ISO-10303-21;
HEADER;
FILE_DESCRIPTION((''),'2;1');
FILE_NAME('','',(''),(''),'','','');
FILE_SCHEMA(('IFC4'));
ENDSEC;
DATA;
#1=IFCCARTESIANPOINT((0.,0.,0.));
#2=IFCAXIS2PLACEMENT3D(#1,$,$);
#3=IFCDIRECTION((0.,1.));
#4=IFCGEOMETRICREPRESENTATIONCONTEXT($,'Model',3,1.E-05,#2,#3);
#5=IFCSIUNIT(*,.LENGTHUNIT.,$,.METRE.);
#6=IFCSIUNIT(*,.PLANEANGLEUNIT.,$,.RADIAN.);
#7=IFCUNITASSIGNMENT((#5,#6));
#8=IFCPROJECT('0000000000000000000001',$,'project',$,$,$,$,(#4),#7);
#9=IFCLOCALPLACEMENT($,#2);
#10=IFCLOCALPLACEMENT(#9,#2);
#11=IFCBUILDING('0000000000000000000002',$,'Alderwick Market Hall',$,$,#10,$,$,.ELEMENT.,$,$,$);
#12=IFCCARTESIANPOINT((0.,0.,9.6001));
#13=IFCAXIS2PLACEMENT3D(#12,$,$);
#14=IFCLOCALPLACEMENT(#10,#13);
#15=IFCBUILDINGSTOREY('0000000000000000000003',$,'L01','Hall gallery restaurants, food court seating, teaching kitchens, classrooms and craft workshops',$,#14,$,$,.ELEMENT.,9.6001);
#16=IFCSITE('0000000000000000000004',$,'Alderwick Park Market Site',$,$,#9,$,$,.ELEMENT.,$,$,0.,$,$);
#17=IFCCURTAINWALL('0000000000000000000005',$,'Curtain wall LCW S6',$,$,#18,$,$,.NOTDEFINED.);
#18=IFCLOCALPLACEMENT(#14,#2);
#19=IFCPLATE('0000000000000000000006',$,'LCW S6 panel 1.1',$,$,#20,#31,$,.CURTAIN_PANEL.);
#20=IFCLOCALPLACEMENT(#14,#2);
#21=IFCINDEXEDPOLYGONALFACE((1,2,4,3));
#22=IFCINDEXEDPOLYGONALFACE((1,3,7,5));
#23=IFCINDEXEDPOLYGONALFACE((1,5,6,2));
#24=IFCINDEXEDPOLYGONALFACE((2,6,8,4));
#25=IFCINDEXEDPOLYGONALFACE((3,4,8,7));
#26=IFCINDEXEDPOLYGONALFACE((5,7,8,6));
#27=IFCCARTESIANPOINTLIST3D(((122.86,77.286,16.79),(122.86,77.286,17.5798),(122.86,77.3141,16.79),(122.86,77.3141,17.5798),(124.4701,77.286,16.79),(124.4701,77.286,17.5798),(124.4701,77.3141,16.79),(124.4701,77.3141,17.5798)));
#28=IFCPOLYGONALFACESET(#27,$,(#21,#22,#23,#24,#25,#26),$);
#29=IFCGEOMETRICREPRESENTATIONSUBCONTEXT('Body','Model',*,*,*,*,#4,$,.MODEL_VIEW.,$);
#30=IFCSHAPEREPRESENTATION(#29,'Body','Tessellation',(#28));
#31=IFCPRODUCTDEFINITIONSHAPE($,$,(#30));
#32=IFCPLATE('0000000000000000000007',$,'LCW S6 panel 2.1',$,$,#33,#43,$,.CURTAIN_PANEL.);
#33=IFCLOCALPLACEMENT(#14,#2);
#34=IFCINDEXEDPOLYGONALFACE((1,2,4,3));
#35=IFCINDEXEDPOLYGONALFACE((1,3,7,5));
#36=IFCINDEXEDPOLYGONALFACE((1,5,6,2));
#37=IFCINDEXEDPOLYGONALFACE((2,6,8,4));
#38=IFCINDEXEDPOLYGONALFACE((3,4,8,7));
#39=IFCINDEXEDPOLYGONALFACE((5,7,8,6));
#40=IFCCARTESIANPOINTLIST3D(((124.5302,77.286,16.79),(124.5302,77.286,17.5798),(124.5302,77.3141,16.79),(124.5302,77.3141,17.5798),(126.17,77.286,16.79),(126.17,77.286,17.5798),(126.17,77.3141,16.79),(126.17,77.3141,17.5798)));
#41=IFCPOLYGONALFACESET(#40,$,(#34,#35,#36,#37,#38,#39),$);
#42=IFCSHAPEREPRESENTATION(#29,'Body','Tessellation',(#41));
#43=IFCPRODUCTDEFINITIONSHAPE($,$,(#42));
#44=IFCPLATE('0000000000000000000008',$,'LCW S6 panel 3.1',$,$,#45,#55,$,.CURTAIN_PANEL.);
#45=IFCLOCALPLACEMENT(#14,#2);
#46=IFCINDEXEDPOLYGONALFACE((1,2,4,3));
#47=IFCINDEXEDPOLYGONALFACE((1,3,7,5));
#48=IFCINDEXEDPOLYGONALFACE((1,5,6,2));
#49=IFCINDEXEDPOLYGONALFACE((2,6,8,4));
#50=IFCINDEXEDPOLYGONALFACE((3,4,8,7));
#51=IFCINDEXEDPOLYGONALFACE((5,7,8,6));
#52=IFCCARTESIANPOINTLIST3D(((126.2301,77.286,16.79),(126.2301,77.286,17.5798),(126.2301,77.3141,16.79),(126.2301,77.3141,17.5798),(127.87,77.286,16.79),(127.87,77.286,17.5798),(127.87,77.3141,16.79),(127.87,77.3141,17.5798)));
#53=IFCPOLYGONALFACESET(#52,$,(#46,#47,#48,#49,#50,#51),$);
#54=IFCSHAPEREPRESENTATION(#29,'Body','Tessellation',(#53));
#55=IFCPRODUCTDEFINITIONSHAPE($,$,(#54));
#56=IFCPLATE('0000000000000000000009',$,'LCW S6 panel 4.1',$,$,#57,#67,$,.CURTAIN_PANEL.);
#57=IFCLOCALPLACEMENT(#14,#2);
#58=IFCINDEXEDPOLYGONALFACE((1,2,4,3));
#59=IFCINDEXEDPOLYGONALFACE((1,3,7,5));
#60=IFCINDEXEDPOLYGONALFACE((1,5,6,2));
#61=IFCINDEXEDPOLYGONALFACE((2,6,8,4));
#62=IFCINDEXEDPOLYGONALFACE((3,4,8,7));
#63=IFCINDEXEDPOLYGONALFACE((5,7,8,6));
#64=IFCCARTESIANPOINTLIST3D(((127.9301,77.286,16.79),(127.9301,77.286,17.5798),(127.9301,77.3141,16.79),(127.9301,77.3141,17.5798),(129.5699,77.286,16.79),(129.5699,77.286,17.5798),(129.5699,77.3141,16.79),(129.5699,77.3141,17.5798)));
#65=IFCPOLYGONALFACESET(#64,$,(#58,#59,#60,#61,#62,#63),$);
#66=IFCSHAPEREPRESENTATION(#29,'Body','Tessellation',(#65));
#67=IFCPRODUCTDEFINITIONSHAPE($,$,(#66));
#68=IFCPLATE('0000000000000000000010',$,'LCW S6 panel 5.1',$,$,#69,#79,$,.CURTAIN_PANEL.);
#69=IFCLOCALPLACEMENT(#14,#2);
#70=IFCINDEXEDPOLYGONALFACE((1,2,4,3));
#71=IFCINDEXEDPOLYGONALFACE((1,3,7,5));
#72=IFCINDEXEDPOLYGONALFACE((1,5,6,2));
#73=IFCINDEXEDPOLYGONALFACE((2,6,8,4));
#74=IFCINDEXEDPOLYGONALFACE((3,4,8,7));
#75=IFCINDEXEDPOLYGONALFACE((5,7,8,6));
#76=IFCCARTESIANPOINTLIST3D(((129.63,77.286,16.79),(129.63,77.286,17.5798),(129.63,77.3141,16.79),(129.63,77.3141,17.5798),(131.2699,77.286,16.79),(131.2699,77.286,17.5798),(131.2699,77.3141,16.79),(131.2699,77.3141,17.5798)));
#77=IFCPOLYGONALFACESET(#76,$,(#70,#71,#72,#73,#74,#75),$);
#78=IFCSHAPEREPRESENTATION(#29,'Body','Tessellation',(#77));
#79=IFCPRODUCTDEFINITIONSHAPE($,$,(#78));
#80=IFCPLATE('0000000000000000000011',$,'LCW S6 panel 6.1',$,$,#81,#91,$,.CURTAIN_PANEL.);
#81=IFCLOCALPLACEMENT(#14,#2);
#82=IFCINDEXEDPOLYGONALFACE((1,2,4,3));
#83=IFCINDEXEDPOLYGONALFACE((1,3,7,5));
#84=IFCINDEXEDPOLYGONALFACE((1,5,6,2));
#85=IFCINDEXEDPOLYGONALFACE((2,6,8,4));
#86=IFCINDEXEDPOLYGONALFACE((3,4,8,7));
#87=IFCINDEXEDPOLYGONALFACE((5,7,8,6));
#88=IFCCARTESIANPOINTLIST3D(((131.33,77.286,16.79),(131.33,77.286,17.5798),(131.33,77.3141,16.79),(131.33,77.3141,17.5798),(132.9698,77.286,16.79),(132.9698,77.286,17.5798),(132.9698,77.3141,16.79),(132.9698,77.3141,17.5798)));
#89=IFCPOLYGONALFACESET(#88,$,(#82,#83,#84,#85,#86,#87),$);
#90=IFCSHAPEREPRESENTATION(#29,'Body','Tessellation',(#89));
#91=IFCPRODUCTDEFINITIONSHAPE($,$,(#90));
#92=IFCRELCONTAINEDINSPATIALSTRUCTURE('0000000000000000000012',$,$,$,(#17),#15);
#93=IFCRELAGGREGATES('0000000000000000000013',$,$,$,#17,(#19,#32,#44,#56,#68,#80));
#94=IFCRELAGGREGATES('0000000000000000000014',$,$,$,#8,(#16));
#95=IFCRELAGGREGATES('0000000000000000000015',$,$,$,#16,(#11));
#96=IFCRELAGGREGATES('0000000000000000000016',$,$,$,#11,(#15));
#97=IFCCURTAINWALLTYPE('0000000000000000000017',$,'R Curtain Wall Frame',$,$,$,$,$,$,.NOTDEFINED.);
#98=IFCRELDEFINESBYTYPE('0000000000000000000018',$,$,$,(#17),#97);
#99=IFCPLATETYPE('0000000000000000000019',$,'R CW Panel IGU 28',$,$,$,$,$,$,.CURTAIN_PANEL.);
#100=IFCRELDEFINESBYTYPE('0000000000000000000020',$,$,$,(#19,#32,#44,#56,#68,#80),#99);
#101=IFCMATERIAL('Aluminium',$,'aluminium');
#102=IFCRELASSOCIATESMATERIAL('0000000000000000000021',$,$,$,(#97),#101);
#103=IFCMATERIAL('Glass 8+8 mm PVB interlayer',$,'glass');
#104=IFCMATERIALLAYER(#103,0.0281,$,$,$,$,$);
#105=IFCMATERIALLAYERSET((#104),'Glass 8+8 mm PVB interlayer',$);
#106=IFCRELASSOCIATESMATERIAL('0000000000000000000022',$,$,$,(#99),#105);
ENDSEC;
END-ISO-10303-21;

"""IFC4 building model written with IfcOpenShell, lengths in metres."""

from ifc_helpers import new_model, si_unit, direction, frame, origin, origin_2d, place, context, subcontext, project, spatial, rectangle, extrude, material, layer, layer_set, type_object, element, aggregate, save


model = new_model("IFC4")

# Units and contexts
model_context = context("Model", 3, precision=1e-05, world=origin(), true_north=direction((0.0, 1.0)))
body_context = subcontext(model_context, "Body", "Model", "MODEL_VIEW")
ifc_project = project(units=[si_unit("LENGTHUNIT", "METRE"), si_unit("PLANEANGLEUNIT", "RADIAN")], contexts=[model_context])

# Site, building, storey
site_placement = place(None, origin())
site = spatial("IfcSite", under=ifc_project, at=site_placement, Name="Alderwick Park Market Site", CompositionType="ELEMENT", RefElevation=0.0)
building_placement = place(site_placement, origin())
building = spatial("IfcBuilding", under=site, at=building_placement, Name="Alderwick Market Hall", CompositionType="ELEMENT")
storey_placement = place(building_placement, frame((0.0, 0.0, 9.6001)))
storey = spatial("IfcBuildingStorey", under=building, at=storey_placement, Name="L01", Description="Hall gallery restaurants, food court seating, teaching kitchens, classrooms and craft workshops", CompositionType="ELEMENT", Elevation=9.6001)

# Curtain wall, plates
ifc_material_1 = material(Name="Aluminium", Category="aluminium")
curtain_wall_type = type_object("IfcCurtainWallType", Name="R Curtain Wall Frame", PredefinedType="NOTDEFINED", material=ifc_material_1)
curtain_wall_placement = place(storey_placement, origin())
curtain_wall = element("IfcCurtainWall", 1, at=curtain_wall_placement, inside=storey, type_object=curtain_wall_type, Name="Curtain wall LCW S6", PredefinedType="NOTDEFINED")
ifc_material_2 = material(Name="Glass 8+8 mm PVB interlayer", Category="glass")
ifc_layer = layer(ifc_material_2, 0.0281)
ifc_layer_set = layer_set([ifc_layer], Name="Glass 8+8 mm PVB interlayer")
plate_type = type_object("IfcPlateType", Name="R CW Panel IGU 28", PredefinedType="CURTAIN_PANEL", material=ifc_layer_set)
plate_1_placement = place(storey_placement, frame((123.665, 77.3, 16.79), z_axis=(0.0, 0.0, 1.0), x_axis=(1.0, 0.0, 0.0)))
plate_1 = element("IfcPlate", 2, at=plate_1_placement, type_object=plate_type, Name="LCW S6 panel 1.1", PredefinedType="CURTAIN_PANEL", context=body_context, shape_type="SweptSolid", body=[
    extrude(rectangle(XDim=1.6101, YDim=0.0281, at=origin_2d()), origin(), (0.0, 0.0, 1.0), 0.7898),
])
plate_2_placement = place(storey_placement, frame((125.3501, 77.3, 16.79), z_axis=(0.0, 0.0, 1.0), x_axis=(1.0, 0.0, 0.0)))
plate_2 = element("IfcPlate", 3, at=plate_2_placement, type_object=plate_type, Name="LCW S6 panel 2.1", PredefinedType="CURTAIN_PANEL", context=body_context, shape_type="SweptSolid", body=[
    extrude(rectangle(XDim=1.6399, YDim=0.0281, at=origin_2d()), origin(), (0.0, 0.0, 1.0), 0.7898),
])
plate_3_placement = place(storey_placement, frame((127.05, 77.3, 16.79), z_axis=(0.0, 0.0, 1.0), x_axis=(1.0, 0.0, 0.0)))
plate_3 = element("IfcPlate", 4, at=plate_3_placement, type_object=plate_type, Name="LCW S6 panel 3.1", PredefinedType="CURTAIN_PANEL", context=body_context, shape_type="SweptSolid", body=[
    extrude(rectangle(XDim=1.6399, YDim=0.0281, at=origin_2d()), origin(), (0.0, 0.0, 1.0), 0.7898),
])
plate_4_placement = place(storey_placement, frame((128.75, 77.3, 16.79), z_axis=(0.0, 0.0, 1.0), x_axis=(1.0, 0.0, 0.0)))
plate_4 = element("IfcPlate", 5, at=plate_4_placement, type_object=plate_type, Name="LCW S6 panel 4.1", PredefinedType="CURTAIN_PANEL", context=body_context, shape_type="SweptSolid", body=[
    extrude(rectangle(XDim=1.6399, YDim=0.0281, at=origin_2d()), origin(), (0.0, 0.0, 1.0), 0.7898),
])
plate_5_placement = place(storey_placement, frame((130.45, 77.3, 16.79), z_axis=(0.0, 0.0, 1.0), x_axis=(1.0, 0.0, 0.0)))
plate_5 = element("IfcPlate", 6, at=plate_5_placement, type_object=plate_type, Name="LCW S6 panel 5.1", PredefinedType="CURTAIN_PANEL", context=body_context, shape_type="SweptSolid", body=[
    extrude(rectangle(XDim=1.6399, YDim=0.0281, at=origin_2d()), origin(), (0.0, 0.0, 1.0), 0.7898),
])
plate_6_placement = place(storey_placement, frame((132.1499, 77.3, 16.79), z_axis=(0.0, 0.0, 1.0), x_axis=(1.0, 0.0, 0.0)))
plate_6 = element("IfcPlate", 7, at=plate_6_placement, type_object=plate_type, Name="LCW S6 panel 6.1", PredefinedType="CURTAIN_PANEL", context=body_context, shape_type="SweptSolid", body=[
    extrude(rectangle(XDim=1.6399, YDim=0.0281, at=origin_2d()), origin(), (0.0, 0.0, 1.0), 0.7898),
])
aggregate(curtain_wall, [plate_1, plate_2, plate_3, plate_4, plate_5, plate_6])

save(model, "model.ifc")
